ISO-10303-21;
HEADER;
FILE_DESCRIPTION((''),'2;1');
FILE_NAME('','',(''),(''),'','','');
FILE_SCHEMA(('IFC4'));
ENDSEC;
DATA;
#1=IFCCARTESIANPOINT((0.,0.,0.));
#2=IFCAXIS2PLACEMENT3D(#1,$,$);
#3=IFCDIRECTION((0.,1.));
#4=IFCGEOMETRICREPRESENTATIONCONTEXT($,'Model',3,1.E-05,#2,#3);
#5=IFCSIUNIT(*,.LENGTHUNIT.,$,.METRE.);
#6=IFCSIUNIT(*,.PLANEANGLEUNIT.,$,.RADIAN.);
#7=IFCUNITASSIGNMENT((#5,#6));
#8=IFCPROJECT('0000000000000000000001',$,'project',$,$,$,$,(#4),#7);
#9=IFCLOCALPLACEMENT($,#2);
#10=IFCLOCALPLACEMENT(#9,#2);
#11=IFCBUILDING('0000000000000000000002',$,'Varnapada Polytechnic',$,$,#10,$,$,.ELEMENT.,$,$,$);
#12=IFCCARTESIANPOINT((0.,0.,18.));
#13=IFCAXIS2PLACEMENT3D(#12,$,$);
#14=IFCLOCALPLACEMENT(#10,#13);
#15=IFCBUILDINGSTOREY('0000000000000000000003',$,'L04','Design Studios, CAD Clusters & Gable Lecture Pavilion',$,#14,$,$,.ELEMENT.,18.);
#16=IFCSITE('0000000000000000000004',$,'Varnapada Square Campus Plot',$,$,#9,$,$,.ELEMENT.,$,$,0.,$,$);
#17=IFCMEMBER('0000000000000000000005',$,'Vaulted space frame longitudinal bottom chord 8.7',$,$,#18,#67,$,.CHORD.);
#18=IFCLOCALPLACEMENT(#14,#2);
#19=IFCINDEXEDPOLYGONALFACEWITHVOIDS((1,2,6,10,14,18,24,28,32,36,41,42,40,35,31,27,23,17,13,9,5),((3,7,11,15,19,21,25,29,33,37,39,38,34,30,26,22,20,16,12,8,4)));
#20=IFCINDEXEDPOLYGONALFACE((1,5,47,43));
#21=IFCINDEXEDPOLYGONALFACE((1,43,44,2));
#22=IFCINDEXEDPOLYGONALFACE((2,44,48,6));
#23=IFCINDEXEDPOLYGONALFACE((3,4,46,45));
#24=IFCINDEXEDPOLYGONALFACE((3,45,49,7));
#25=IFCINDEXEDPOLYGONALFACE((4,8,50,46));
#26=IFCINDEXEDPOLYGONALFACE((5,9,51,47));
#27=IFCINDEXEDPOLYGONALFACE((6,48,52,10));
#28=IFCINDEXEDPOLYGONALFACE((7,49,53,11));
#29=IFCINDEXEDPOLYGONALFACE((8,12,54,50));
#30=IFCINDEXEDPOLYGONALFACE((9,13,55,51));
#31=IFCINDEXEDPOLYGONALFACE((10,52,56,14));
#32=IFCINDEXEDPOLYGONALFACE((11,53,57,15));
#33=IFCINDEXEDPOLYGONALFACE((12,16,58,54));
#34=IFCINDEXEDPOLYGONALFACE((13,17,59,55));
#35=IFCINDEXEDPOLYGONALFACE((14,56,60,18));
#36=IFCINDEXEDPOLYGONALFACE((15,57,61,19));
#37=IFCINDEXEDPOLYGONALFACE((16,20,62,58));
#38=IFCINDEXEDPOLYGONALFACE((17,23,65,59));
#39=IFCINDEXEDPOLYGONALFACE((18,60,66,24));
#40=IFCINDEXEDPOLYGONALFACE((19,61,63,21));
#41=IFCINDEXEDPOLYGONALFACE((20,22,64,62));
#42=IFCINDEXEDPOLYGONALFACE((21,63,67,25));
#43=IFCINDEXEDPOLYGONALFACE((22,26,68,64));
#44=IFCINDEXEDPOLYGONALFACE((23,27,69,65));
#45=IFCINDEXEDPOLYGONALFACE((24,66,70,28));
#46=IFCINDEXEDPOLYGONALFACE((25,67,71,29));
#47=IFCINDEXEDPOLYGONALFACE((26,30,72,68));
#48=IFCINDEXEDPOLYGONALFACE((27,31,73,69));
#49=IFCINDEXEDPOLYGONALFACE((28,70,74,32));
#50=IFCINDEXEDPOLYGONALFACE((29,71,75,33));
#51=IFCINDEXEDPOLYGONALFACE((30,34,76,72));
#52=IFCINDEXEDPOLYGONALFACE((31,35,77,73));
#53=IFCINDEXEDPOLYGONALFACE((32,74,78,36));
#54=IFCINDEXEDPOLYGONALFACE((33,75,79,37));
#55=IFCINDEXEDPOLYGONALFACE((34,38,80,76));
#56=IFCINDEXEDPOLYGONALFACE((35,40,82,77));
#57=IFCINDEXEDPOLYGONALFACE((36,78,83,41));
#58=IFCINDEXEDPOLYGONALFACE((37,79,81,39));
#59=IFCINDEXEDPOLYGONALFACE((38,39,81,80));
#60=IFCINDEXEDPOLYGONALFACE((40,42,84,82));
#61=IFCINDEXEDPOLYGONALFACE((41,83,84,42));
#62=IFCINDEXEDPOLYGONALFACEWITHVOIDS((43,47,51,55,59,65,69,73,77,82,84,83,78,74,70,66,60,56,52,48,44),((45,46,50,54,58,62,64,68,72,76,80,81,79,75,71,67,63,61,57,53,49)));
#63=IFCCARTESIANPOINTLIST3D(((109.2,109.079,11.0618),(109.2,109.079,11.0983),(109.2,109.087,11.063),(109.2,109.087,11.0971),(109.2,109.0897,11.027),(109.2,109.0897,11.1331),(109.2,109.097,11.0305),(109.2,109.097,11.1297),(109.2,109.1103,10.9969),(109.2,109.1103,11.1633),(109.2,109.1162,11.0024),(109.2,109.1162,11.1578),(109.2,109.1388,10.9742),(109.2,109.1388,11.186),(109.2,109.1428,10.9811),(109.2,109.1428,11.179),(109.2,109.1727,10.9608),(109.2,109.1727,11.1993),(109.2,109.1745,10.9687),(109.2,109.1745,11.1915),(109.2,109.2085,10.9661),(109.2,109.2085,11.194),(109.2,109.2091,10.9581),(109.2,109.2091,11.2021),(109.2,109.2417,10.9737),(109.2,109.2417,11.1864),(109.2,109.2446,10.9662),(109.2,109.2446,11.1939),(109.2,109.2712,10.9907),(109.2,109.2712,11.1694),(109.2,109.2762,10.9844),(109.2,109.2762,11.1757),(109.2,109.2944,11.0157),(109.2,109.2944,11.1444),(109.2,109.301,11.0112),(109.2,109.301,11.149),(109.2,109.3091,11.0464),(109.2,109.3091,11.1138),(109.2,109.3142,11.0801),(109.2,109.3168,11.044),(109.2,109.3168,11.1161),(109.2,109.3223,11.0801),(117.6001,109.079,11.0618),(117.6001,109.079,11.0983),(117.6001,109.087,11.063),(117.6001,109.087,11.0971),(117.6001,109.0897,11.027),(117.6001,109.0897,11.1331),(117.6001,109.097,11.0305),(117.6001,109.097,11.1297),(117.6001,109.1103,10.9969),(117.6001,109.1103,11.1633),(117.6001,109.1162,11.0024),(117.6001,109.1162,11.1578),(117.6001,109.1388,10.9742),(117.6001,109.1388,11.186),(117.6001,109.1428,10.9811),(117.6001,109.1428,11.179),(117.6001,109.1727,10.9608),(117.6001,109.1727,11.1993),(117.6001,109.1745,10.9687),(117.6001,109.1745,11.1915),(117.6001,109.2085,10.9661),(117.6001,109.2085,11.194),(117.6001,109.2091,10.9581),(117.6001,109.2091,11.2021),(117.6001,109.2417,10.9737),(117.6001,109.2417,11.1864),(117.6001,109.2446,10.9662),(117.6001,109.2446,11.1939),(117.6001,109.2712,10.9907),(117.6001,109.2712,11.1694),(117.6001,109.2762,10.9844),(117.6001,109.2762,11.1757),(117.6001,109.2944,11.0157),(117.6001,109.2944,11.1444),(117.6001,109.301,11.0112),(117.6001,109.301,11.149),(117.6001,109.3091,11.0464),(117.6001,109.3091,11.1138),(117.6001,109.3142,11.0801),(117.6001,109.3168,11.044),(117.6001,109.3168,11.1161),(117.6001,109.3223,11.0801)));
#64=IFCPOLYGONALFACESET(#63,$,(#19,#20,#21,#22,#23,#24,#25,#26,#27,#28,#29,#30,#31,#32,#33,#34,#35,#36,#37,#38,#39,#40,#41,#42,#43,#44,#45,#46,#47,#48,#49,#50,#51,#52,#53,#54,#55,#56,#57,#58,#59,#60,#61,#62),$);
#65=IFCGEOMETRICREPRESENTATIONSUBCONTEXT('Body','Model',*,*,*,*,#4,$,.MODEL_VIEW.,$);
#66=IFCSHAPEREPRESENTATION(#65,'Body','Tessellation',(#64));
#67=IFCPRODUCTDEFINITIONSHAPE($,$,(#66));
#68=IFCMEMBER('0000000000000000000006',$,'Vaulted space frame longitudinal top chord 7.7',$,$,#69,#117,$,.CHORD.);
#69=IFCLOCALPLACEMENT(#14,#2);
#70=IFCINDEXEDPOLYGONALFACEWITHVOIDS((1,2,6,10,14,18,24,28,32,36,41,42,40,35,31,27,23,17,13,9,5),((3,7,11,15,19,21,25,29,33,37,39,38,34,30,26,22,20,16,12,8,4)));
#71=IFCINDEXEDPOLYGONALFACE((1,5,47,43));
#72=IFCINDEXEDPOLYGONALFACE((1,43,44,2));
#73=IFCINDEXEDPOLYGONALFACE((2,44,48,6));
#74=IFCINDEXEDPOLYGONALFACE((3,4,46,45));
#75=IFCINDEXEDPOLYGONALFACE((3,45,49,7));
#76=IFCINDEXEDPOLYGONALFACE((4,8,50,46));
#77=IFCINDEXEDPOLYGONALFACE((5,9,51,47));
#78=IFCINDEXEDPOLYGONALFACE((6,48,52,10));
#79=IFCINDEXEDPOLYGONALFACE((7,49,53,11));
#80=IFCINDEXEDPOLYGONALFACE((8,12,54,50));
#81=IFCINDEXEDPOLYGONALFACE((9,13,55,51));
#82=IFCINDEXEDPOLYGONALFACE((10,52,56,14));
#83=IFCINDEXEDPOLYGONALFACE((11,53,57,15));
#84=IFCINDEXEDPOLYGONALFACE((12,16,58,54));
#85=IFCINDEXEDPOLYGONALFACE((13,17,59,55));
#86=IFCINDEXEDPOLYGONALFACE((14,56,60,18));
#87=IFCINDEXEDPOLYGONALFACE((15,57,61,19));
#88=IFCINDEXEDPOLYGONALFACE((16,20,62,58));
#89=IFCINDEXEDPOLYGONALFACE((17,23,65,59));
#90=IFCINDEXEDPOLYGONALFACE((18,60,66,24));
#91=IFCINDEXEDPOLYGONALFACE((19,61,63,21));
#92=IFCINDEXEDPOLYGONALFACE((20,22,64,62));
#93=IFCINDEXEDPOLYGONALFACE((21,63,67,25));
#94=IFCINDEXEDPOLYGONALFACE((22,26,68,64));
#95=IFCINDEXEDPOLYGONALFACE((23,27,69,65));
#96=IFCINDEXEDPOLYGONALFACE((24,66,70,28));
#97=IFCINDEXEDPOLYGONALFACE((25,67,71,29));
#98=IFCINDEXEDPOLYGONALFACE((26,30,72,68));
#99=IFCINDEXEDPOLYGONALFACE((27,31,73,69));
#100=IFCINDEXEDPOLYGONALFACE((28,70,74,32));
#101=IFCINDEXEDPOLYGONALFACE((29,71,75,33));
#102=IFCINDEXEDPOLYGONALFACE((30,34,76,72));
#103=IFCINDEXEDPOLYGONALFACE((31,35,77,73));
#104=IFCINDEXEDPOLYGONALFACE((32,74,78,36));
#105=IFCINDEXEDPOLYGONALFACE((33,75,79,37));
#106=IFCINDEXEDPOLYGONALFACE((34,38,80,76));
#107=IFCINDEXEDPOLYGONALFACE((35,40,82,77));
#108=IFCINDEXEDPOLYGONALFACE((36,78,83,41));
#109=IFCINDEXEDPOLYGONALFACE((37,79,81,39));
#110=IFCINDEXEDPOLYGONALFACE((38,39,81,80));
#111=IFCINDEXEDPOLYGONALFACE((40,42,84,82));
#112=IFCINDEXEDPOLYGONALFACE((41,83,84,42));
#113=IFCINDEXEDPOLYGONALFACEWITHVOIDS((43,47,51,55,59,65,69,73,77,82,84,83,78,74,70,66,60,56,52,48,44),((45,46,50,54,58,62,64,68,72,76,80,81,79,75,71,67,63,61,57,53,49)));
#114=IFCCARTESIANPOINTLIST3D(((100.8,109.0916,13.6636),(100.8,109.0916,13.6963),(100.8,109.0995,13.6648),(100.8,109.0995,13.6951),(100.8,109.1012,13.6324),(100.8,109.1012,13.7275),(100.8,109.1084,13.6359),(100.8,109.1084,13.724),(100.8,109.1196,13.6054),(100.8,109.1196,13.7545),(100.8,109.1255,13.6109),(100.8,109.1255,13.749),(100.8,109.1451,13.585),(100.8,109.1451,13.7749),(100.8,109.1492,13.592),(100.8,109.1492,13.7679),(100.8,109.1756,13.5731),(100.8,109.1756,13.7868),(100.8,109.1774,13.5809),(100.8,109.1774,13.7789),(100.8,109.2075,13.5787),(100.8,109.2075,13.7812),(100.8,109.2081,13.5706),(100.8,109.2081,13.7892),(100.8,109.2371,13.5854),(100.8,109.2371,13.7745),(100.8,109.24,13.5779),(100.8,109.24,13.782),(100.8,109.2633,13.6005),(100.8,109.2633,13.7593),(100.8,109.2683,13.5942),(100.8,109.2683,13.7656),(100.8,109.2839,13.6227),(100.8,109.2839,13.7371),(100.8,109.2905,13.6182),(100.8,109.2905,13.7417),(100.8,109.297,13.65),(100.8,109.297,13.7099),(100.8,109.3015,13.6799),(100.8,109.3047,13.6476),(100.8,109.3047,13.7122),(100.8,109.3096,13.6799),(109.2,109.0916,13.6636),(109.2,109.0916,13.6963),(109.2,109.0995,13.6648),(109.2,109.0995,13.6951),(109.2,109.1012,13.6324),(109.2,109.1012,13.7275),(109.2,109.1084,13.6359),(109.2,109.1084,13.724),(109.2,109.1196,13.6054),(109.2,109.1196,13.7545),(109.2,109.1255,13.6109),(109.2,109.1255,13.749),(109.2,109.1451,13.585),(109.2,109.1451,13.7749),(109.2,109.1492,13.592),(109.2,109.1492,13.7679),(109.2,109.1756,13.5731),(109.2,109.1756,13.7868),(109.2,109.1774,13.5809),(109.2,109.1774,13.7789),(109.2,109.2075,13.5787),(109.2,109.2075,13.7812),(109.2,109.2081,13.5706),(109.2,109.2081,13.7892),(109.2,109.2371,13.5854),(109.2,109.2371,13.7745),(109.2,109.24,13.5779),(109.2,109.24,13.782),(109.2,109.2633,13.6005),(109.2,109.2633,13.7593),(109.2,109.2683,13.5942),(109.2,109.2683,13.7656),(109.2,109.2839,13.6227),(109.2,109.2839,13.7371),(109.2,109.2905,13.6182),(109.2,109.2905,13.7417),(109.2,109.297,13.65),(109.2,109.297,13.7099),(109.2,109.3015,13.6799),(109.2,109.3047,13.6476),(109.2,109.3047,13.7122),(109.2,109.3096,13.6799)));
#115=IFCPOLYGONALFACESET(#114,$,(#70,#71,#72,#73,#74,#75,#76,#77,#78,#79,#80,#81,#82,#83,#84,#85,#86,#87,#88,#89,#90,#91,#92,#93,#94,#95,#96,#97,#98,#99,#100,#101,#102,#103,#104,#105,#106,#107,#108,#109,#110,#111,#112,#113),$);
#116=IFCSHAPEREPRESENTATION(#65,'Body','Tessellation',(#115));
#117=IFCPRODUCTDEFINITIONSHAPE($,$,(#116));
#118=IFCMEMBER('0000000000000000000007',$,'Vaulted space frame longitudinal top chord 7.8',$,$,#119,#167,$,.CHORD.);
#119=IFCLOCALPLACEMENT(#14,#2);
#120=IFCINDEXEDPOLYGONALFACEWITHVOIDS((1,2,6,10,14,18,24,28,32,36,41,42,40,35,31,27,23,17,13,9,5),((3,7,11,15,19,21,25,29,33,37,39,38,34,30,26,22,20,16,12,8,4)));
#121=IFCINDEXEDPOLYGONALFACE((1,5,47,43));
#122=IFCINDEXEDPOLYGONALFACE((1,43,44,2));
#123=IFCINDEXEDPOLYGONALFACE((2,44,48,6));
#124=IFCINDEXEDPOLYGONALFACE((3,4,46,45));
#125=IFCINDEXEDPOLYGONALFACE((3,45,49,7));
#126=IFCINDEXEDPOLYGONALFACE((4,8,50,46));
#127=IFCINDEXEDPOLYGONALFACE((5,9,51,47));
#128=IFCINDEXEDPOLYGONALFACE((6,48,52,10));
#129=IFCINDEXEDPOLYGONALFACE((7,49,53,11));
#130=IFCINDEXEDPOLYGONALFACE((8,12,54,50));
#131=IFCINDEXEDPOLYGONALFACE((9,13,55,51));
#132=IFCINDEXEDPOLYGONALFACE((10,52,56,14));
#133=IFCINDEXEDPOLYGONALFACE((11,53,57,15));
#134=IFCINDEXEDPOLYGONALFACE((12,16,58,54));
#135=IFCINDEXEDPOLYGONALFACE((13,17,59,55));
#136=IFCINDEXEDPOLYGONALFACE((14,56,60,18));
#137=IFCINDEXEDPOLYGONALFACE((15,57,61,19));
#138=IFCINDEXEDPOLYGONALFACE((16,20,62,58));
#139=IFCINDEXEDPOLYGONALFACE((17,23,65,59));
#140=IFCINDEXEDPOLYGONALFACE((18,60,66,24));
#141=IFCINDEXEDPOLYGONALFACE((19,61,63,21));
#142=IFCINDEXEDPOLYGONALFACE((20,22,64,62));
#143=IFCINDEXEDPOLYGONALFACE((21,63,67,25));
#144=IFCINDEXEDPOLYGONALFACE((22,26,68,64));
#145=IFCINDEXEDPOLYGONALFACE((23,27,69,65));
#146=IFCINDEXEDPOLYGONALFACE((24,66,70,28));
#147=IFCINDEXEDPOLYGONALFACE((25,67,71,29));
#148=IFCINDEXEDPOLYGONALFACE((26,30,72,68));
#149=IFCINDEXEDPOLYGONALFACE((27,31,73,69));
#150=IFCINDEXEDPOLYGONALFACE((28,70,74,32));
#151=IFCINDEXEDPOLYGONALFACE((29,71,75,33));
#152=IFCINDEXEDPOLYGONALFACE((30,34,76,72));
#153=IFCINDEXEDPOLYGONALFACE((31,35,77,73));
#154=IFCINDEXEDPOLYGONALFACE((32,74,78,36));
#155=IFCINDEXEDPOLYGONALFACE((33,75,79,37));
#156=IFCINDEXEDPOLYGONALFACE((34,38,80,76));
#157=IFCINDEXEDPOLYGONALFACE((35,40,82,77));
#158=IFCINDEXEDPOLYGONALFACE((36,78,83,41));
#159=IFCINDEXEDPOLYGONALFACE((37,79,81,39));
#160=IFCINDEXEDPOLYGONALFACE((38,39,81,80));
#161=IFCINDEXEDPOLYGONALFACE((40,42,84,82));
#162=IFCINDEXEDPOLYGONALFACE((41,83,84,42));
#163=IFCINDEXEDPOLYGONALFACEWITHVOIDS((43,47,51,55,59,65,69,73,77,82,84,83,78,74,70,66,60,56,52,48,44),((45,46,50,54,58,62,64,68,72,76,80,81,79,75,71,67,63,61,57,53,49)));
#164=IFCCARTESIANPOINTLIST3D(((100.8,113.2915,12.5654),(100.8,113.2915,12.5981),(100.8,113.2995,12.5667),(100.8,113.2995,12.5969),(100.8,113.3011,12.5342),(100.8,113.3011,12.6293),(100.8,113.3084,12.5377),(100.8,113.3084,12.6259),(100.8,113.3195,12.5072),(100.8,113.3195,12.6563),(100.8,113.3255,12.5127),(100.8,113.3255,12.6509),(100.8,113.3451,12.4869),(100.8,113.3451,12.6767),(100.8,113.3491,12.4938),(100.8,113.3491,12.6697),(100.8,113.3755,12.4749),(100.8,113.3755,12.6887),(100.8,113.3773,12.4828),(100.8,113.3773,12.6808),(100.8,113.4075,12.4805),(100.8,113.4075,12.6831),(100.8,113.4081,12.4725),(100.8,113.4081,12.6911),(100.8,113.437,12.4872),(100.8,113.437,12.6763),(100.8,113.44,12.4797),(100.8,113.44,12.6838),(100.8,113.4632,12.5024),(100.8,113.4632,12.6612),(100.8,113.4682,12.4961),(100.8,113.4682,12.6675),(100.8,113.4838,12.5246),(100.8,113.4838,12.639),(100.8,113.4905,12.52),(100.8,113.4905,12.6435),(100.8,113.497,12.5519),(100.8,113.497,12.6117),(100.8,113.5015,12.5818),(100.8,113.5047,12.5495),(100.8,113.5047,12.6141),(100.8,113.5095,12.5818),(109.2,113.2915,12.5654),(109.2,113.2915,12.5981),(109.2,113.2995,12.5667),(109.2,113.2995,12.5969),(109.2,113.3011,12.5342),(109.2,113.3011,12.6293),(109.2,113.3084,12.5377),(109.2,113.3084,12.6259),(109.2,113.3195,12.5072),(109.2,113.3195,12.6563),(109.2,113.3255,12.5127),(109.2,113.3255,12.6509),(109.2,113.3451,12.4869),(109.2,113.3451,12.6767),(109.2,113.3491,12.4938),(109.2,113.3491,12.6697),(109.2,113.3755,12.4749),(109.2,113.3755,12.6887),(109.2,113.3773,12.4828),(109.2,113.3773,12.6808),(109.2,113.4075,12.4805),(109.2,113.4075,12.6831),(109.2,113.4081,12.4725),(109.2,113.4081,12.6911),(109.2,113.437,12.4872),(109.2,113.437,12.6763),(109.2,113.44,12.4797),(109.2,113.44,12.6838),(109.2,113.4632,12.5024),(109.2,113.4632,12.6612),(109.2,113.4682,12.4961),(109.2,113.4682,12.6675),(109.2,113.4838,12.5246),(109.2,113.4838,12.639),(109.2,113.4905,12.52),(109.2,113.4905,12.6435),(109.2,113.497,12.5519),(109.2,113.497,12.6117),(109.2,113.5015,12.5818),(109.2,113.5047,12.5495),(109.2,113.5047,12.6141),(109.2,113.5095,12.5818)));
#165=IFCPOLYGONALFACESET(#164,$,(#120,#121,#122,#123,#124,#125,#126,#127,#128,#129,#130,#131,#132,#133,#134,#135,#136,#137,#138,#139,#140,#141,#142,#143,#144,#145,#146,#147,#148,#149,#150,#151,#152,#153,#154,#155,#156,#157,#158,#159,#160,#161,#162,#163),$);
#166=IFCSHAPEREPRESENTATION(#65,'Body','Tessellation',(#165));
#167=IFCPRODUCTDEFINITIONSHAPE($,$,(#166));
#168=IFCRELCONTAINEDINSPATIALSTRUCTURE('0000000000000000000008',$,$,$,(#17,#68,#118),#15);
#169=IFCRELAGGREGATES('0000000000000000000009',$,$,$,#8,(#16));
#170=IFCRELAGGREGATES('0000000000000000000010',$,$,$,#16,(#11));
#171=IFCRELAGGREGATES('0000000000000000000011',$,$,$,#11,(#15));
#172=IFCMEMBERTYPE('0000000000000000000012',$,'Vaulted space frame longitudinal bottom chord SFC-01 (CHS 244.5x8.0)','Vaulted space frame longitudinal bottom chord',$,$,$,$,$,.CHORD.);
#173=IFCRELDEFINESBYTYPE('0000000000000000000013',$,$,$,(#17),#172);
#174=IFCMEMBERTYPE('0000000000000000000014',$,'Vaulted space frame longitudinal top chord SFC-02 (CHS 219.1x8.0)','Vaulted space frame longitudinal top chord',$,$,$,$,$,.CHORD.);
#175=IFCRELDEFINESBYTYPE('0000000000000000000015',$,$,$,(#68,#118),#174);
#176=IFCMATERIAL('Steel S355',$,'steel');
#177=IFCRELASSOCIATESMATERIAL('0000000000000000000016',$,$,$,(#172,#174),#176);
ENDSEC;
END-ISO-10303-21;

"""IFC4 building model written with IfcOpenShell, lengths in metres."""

from ifc_helpers import new_model, si_unit, direction, frame, origin, origin_2d, place, context, subcontext, project, spatial, hollow_circle, extrude, material, material_profile, profile_set, type_object, element, save


model = new_model("IFC4")

# Units and contexts
model_context = context("Model", 3, precision=1e-05, world=origin(), true_north=direction((0.0, 1.0)))
body_context = subcontext(model_context, "Body", "Model", "MODEL_VIEW")
ifc_project = project(units=[si_unit("LENGTHUNIT", "METRE"), si_unit("PLANEANGLEUNIT", "RADIAN")], contexts=[model_context])

# Site, building, storey
site_placement = place(None, origin())
site = spatial("IfcSite", under=ifc_project, at=site_placement, Name="Varnapada Square Campus Plot", CompositionType="ELEMENT", RefElevation=0.0)
building_placement = place(site_placement, origin())
building = spatial("IfcBuilding", under=site, at=building_placement, Name="Varnapada Polytechnic", CompositionType="ELEMENT")
storey_placement = place(building_placement, frame((0.0, 0.0, 18.0)))
storey = spatial("IfcBuildingStorey", under=building, at=storey_placement, Name="L04", Description="Design Studios, CAD Clusters & Gable Lecture Pavilion", CompositionType="ELEMENT", Elevation=18.0)

# Members
ifc_material = material(Name="Steel S355", Category="steel")
ifc_material_profile_1 = material_profile(ifc_material, hollow_circle(Radius=0.1223, WallThickness=0.0081, at=origin_2d()), Name="CHS 244.5x8.0")
ifc_profile_set_1 = profile_set([ifc_material_profile_1], Name="Steel S355")
member_type_1 = type_object("IfcMemberType", Name="Vaulted space frame longitudinal bottom chord SFC-01 (CHS 244.5x8.0)", Description="Vaulted space frame longitudinal bottom chord", PredefinedType="CHORD", material=ifc_profile_set_1)
for number, where, z_axis, x_axis, name in (
    (1, (109.2, 109.2, 11.0801), (1.0, 0.0, 0.0), (0.0, 1.0, 0.0), "Vaulted space frame longitudinal bottom chord 8.7"),
):
    element("IfcMember", number, at=place(storey_placement, frame(where, z_axis=z_axis, x_axis=x_axis)), inside=storey, type_object=member_type_1, Name=name, PredefinedType="CHORD", context=body_context, shape_type="SweptSolid", body=[
        extrude(hollow_circle(Radius=0.1223, WallThickness=0.0081, at=origin_2d()), origin(), (0.0, 0.0, 1.0), 8.4001),
    ])
ifc_material_profile_2 = material_profile(ifc_material, hollow_circle(Radius=0.1096, WallThickness=0.0081, at=origin_2d()), Name="CHS 219.1x8.0")
ifc_profile_set_2 = profile_set([ifc_material_profile_2], Name="Steel S355")
member_type_2 = type_object("IfcMemberType", Name="Vaulted space frame longitudinal top chord SFC-02 (CHS 219.1x8.0)", Description="Vaulted space frame longitudinal top chord", PredefinedType="CHORD", material=ifc_profile_set_2)
for number, where, z_axis, x_axis, name in (
    (2, (100.8, 109.2, 13.6799), (1.0, 0.0, 0.0), (0.0, 1.0, 0.0), "Vaulted space frame longitudinal top chord 7.7"),
    (3, (100.8, 113.3999, 12.5818), (1.0, 0.0, 0.0), (0.0, 1.0, 0.0), "Vaulted space frame longitudinal top chord 7.8"),
):
    element("IfcMember", number, at=place(storey_placement, frame(where, z_axis=z_axis, x_axis=x_axis)), inside=storey, type_object=member_type_2, Name=name, PredefinedType="CHORD", context=body_context, shape_type="SweptSolid", body=[
        extrude(hollow_circle(Radius=0.1096, WallThickness=0.0081, at=origin_2d()), origin(), (0.0, 0.0, 1.0), 8.3999),
    ])

save(model, "model.ifc")
